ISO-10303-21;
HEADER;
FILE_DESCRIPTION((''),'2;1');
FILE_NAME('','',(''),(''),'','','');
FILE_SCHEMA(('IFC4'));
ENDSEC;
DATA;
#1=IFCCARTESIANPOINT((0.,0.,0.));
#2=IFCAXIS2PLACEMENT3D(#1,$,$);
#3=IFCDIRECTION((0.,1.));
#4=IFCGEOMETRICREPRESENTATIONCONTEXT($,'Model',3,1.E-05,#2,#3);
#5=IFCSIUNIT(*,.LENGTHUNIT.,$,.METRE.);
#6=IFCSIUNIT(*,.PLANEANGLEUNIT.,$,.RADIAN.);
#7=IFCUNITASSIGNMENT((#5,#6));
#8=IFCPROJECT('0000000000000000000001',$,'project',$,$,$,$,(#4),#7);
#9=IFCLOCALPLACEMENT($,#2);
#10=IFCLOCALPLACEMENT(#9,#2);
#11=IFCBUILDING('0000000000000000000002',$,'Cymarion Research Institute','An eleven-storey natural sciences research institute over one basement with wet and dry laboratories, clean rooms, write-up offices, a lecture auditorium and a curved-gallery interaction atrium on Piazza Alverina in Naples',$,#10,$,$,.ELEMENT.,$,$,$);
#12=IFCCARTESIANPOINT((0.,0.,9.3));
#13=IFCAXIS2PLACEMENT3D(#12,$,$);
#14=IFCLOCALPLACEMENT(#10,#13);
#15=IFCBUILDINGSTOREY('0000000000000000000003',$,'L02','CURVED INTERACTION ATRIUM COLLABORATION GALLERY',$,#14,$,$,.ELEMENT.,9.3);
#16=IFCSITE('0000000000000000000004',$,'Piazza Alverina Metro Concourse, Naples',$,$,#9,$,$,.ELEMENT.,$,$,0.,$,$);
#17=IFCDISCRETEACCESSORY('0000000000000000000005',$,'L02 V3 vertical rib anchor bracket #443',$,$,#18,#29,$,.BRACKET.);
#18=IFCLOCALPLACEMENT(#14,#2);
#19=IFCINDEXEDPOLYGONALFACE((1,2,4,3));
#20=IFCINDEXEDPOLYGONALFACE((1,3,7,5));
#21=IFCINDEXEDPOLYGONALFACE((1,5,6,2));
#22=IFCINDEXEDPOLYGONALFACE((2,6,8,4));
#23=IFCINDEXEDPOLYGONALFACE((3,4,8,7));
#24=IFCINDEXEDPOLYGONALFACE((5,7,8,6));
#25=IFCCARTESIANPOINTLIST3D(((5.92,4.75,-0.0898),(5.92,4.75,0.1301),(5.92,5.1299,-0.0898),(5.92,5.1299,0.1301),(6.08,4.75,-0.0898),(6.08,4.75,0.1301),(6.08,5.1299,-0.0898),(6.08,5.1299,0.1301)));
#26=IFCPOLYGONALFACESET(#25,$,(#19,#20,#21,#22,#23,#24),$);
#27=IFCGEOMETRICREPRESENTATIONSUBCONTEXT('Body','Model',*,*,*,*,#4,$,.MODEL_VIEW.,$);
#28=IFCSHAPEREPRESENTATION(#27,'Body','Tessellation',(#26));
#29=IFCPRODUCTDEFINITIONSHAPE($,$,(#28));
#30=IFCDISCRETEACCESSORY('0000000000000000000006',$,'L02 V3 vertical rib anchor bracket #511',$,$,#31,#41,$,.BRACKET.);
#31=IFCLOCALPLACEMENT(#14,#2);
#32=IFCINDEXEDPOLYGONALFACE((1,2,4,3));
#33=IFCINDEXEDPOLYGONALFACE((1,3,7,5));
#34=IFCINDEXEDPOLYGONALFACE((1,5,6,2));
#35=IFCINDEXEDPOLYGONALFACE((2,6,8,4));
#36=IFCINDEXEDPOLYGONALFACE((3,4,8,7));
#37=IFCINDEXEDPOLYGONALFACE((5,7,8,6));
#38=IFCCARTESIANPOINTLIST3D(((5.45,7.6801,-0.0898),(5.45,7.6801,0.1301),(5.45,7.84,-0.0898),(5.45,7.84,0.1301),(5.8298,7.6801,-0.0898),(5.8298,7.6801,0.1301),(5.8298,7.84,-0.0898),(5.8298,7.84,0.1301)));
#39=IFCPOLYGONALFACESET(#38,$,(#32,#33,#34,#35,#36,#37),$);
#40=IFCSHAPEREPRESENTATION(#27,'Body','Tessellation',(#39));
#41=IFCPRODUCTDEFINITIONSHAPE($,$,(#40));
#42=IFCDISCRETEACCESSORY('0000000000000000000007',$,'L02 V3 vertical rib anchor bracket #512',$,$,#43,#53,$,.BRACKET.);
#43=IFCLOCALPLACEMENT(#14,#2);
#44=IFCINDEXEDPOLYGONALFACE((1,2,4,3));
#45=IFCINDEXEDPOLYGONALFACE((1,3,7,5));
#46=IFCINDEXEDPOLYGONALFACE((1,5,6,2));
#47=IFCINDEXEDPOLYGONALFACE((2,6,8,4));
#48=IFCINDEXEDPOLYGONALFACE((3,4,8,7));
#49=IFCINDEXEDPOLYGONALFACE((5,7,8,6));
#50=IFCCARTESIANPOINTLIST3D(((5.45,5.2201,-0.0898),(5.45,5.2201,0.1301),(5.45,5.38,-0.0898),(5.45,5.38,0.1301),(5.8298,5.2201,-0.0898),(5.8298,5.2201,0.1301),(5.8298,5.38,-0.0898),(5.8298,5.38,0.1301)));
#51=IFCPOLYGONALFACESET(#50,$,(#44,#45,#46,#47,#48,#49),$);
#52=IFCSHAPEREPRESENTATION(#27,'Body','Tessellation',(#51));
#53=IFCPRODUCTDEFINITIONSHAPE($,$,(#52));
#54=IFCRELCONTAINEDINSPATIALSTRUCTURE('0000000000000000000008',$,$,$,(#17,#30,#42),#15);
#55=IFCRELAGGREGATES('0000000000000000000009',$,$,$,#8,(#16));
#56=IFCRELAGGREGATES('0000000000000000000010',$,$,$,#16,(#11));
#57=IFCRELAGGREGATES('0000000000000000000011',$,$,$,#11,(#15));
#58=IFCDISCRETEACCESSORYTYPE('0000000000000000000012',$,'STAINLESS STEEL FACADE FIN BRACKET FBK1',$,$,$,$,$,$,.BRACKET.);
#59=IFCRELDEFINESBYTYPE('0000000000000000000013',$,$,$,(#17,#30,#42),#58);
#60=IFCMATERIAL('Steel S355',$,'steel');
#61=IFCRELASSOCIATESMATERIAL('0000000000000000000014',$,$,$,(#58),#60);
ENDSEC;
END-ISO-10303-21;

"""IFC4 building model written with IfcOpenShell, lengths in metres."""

from ifc_helpers import new_model, si_unit, direction, frame, origin, origin_2d, place, context, subcontext, project, spatial, rectangle, extrude, material, type_object, element, save


model = new_model("IFC4")

# Units and contexts
model_context = context("Model", 3, precision=1e-05, world=origin(), true_north=direction((0.0, 1.0)))
body_context = subcontext(model_context, "Body", "Model", "MODEL_VIEW")
ifc_project = project(units=[si_unit("LENGTHUNIT", "METRE"), si_unit("PLANEANGLEUNIT", "RADIAN")], contexts=[model_context])

# Site, building, storey
site_placement = place(None, origin())
site = spatial("IfcSite", under=ifc_project, at=site_placement, Name="Piazza Alverina Metro Concourse, Naples", CompositionType="ELEMENT", RefElevation=0.0)
building_placement = place(site_placement, origin())
building = spatial("IfcBuilding", under=site, at=building_placement, Name="Cymarion Research Institute", Description="An eleven-storey natural sciences research institute over one basement with wet and dry laboratories, clean rooms, write-up offices, a lecture auditorium and a curved-gallery interaction atrium on Piazza Alverina in Naples", CompositionType="ELEMENT")
storey_placement = place(building_placement, frame((0.0, 0.0, 9.3)))
storey = spatial("IfcBuildingStorey", under=building, at=storey_placement, Name="L02", Description="CURVED INTERACTION ATRIUM COLLABORATION GALLERY", CompositionType="ELEMENT", Elevation=9.3)

# Discrete accessories
ifc_material_1 = material(Name="Steel S355", Category="steel")
discrete_accessory_type = type_object("IfcDiscreteAccessoryType", Name="STAINLESS STEEL FACADE FIN BRACKET FBK1", PredefinedType="BRACKET", material=ifc_material_1)
for number, where, z_axis, x_axis, name in (
    (1, (6.0, 4.9399, -0.0898), (0.0, 0.0, 1.0), (0.0, -1.0, 0.0), "L02 V3 vertical rib anchor bracket #443"),
    (2, (5.6399, 7.76, -0.0898), (0.0, 0.0, 1.0), (-1.0, 0.0, 0.0), "L02 V3 vertical rib anchor bracket #511"),
    (3, (5.6399, 5.3, -0.0898), (0.0, 0.0, 1.0), (-1.0, 0.0, 0.0), "L02 V3 vertical rib anchor bracket #512"),
):
    element("IfcDiscreteAccessory", number, at=place(storey_placement, frame(where, z_axis=z_axis, x_axis=x_axis)), inside=storey, type_object=discrete_accessory_type, Name=name, PredefinedType="BRACKET", context=body_context, shape_type="SweptSolid", body=[
        extrude(rectangle(XDim=0.3799, YDim=0.1599, at=origin_2d()), origin(), (0.0, 0.0, 1.0), 0.22),
    ])

save(model, "model.ifc")
